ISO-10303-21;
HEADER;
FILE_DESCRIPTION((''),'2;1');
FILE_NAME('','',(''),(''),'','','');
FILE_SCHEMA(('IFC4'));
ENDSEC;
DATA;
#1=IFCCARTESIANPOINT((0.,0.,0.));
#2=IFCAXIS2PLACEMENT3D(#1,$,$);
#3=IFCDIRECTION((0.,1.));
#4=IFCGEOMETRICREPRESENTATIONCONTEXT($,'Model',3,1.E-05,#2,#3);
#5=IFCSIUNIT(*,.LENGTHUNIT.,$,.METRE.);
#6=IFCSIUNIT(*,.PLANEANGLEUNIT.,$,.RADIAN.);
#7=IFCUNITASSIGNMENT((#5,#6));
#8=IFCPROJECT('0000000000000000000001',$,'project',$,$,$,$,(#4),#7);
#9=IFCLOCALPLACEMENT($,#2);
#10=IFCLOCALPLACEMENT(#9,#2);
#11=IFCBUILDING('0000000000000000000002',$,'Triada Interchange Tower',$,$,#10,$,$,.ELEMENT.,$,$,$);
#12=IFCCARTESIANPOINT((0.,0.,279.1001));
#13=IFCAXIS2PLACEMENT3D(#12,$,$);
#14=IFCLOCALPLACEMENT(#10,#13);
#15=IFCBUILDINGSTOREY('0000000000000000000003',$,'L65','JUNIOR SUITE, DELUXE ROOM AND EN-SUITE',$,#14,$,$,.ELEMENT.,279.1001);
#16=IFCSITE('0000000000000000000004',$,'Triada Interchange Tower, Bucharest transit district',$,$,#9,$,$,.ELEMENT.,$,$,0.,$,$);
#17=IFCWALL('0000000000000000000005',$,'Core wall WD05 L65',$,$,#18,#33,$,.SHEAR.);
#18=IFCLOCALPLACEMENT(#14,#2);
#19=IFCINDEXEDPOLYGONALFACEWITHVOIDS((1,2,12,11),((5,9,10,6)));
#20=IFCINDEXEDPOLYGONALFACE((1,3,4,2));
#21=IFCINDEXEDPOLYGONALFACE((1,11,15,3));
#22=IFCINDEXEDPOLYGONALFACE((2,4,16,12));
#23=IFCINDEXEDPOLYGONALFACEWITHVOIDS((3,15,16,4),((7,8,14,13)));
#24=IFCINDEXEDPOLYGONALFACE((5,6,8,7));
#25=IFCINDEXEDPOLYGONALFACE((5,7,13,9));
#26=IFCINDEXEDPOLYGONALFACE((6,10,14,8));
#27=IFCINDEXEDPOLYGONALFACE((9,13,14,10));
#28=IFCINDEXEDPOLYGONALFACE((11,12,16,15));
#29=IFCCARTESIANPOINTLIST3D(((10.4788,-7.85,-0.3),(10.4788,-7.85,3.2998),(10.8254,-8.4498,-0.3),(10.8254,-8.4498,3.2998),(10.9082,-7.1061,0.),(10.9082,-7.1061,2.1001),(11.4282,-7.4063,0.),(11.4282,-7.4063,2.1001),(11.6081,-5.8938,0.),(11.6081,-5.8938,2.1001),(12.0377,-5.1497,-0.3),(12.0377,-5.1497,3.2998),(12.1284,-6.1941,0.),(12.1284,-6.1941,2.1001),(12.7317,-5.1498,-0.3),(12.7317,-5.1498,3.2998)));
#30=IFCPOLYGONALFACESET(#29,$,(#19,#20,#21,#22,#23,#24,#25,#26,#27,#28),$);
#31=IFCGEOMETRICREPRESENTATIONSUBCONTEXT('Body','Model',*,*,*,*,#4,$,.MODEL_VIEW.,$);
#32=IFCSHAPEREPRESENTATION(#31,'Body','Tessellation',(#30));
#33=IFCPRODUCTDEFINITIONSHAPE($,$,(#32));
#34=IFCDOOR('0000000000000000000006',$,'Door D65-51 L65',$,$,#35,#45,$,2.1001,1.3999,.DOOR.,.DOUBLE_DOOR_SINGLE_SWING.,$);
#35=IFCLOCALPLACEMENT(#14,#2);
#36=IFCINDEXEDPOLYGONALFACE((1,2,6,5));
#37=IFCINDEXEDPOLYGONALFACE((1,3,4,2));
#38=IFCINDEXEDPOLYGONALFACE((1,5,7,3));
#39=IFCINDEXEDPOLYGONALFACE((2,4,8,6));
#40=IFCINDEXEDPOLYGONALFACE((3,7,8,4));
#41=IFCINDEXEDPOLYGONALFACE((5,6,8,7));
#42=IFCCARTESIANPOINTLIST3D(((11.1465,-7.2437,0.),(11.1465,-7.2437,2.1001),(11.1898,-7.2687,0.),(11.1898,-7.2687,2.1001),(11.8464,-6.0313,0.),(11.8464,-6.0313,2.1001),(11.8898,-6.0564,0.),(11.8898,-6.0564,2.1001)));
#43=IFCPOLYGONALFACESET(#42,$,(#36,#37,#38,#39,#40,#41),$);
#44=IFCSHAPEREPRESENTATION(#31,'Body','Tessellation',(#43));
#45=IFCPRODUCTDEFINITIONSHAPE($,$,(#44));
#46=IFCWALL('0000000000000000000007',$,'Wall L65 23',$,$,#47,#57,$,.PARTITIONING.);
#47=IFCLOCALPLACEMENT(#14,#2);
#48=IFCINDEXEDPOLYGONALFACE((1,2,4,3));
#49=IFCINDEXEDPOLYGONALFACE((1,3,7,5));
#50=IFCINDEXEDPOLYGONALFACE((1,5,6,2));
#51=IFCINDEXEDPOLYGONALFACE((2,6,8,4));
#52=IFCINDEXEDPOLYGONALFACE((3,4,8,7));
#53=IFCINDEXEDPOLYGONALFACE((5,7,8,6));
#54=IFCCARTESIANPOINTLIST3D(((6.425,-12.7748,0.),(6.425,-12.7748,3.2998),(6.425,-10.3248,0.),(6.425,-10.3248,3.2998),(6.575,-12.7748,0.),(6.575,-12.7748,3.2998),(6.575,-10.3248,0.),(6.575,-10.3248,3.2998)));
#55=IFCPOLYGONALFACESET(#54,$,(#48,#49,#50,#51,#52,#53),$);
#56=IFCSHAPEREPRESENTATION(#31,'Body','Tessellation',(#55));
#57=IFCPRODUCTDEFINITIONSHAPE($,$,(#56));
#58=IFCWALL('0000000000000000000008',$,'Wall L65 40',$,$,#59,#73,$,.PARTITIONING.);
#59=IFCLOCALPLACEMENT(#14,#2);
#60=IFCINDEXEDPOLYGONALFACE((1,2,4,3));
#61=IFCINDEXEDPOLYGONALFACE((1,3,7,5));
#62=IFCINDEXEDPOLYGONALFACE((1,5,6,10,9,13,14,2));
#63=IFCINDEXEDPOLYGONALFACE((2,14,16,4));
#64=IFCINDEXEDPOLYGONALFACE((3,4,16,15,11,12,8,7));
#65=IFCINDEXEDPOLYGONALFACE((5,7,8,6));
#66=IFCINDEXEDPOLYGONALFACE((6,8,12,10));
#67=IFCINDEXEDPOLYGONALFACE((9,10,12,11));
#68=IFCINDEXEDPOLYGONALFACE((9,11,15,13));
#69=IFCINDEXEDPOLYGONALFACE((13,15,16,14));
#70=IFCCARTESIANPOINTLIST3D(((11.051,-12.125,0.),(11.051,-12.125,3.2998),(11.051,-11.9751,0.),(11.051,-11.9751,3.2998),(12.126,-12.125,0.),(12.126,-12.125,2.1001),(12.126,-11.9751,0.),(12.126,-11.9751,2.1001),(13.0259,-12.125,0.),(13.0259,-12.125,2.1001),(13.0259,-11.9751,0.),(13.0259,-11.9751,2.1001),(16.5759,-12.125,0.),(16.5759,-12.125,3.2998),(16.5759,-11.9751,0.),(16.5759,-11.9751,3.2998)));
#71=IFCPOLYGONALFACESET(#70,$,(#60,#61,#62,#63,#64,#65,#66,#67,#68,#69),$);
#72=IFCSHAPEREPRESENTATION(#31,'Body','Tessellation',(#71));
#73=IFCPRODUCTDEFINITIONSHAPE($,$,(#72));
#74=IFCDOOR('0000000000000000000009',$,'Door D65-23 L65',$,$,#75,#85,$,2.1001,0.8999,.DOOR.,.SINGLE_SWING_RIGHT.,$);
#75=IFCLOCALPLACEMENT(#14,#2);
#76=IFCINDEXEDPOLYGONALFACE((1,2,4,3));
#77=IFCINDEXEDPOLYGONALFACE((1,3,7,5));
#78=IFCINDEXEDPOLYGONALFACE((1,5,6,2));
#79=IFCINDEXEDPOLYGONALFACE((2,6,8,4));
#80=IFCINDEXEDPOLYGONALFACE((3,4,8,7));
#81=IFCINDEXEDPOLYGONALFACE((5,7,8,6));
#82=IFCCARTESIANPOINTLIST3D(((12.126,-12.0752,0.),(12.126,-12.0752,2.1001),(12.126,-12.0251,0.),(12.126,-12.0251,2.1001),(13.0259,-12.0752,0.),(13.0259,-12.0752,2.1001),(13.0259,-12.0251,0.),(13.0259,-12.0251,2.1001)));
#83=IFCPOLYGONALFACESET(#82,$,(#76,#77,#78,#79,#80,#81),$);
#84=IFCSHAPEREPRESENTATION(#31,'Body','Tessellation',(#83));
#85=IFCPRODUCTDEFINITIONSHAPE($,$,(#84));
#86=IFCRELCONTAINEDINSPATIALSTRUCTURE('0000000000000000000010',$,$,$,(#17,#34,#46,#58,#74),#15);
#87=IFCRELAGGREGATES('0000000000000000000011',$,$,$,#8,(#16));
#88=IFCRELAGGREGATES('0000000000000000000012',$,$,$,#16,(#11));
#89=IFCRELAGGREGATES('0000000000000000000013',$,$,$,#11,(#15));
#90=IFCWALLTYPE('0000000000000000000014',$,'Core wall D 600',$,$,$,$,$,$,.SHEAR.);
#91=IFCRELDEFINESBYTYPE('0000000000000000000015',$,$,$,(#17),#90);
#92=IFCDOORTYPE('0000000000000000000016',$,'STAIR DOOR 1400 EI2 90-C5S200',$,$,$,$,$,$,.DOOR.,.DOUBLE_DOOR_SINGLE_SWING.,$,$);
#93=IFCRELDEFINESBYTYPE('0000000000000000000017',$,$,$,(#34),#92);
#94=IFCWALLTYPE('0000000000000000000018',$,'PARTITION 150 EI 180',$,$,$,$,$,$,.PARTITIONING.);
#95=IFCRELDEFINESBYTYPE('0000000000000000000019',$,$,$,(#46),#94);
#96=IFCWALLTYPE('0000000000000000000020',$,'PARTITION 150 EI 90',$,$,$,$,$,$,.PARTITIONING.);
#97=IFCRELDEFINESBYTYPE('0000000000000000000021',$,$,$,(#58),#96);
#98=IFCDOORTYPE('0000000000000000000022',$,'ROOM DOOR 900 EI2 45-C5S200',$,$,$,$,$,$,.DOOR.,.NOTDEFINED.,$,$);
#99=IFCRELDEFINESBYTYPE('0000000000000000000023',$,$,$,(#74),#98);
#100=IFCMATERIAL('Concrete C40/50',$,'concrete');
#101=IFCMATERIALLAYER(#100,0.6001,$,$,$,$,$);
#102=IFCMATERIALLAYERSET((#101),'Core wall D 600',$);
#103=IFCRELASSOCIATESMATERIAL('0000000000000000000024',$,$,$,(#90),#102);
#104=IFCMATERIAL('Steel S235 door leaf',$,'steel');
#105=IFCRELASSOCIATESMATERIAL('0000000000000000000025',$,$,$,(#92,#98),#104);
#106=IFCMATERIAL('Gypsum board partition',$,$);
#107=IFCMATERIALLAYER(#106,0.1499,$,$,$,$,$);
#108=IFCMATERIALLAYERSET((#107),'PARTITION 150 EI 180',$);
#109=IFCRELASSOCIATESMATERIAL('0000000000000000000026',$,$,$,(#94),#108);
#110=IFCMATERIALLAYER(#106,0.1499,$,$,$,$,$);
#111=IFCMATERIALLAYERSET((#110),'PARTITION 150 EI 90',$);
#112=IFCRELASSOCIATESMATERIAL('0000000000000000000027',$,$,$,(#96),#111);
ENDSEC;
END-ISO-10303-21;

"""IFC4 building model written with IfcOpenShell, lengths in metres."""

from ifc_helpers import new_model, si_unit, direction, frame, frame_2d, origin, place, context, subcontext, project, spatial, polyline, rectangle, outline, extrude, material, layer, layer_set, type_object, element, fill, save


model = new_model("IFC4")

# Units and contexts
model_context = context("Model", 3, precision=1e-05, world=origin(), true_north=direction((0.0, 1.0)))
body_context = subcontext(model_context, "Body", "Model", "MODEL_VIEW")
ifc_project = project(units=[si_unit("LENGTHUNIT", "METRE"), si_unit("PLANEANGLEUNIT", "RADIAN")], contexts=[model_context])

# Site, building, storey
site_placement = place(None, origin())
site = spatial("IfcSite", under=ifc_project, at=site_placement, Name="Triada Interchange Tower, Bucharest transit district", CompositionType="ELEMENT", RefElevation=0.0)
building_placement = place(site_placement, origin())
building = spatial("IfcBuilding", under=site, at=building_placement, Name="Triada Interchange Tower", CompositionType="ELEMENT")
storey_placement = place(building_placement, frame((0.0, 0.0, 279.1001)))
storey = spatial("IfcBuildingStorey", under=building, at=storey_placement, Name="L65", Description="JUNIOR SUITE, DELUXE ROOM AND EN-SUITE", CompositionType="ELEMENT", Elevation=279.1001)

# Shared definitions
ifc_material_1 = material(Name="Steel S235 door leaf", Category="steel")

# Wall, opening, door
ifc_material_2 = material(Name="Concrete C40/50", Category="concrete")
ifc_layer_1 = layer(ifc_material_2, 0.6001)
ifc_layer_set_1 = layer_set([ifc_layer_1], Name="Core wall D 600")
wall_type_1 = type_object("IfcWallType", Name="Core wall D 600", PredefinedType="SHEAR", material=ifc_layer_set_1)
wall_1_placement = place(storey_placement, frame((10.6521, -8.1499, -0.3), z_axis=(0.0, 0.0, 1.0), x_axis=(0.499975, 0.86604, 0.0)))
wall_1 = element("IfcWall", 1, at=wall_1_placement, inside=storey, type_object=wall_type_1, Name="Core wall WD05 L65", PredefinedType="SHEAR", context=body_context, shape_type="SweptSolid", body=[
    extrude(outline(polyline([(-0.1731, -0.3), (1.7324, -0.3005), (3.6379, -0.301), (3.291, 0.3), (1.7319, 0.3), (0.1731, 0.3), (-0.1731, -0.3)])), origin(), (0.0, 0.0, 1.0), 3.5999),
])
opening_1_placement = place(wall_1_placement, frame((1.032, 0.0, 0.3)))
opening_1 = element("IfcOpeningElement", 2, at=opening_1_placement, cuts=wall_1, PredefinedType="OPENING", context=body_context, shape_type="SweptSolid", body=[
    extrude(rectangle(XDim=1.3999, YDim=2.1001, at=frame_2d((0.7, 1.05))), frame((0.0, 0.3101, 0.0), z_axis=(0.0, -1.0, 0.0), x_axis=(1.0, 0.0, 0.0)), (0.0, 0.0, 1.0), 0.6211),
])
door_type_1 = type_object("IfcDoorType", Name="STAIR DOOR 1400 EI2 90-C5S200", OperationType="DOUBLE_DOOR_SINGLE_SWING", PredefinedType="DOOR", material=ifc_material_1)
door_1_placement = place(opening_1_placement, origin())
door_1 = element("IfcDoor", 3, at=door_1_placement, inside=storey, type_object=door_type_1, Name="Door D65-51 L65", OperationType="DOUBLE_DOOR_SINGLE_SWING", OverallHeight=2.1001, OverallWidth=1.3999, PredefinedType="DOOR", context=body_context, shape_type="SweptSolid", body=[
    extrude(rectangle(XDim=1.3999, YDim=2.1001, at=frame_2d((0.7, 1.05))), frame((0.0, 0.0249, 0.0), z_axis=(0.0, -1.0, 0.0), x_axis=(1.0, 0.0, 0.0)), (0.0, 0.0, 1.0), 0.05),
])
fill(opening_1, door_1)

# Wall
ifc_material_3 = material(Name="Gypsum board partition")
ifc_layer_2 = layer(ifc_material_3, 0.1499)
ifc_layer_set_2 = layer_set([ifc_layer_2], Name="PARTITION 150 EI 180")
wall_type_2 = type_object("IfcWallType", Name="PARTITION 150 EI 180", PredefinedType="PARTITIONING", material=ifc_layer_set_2)
wall_2_placement = place(storey_placement, frame((6.5, -12.7749, 0.0), z_axis=(0.0, 0.0, 1.0), x_axis=(0.0, 1.0, 0.0)))
element("IfcWall", 4, at=wall_2_placement, inside=storey, type_object=wall_type_2, Name="Wall L65 23", PredefinedType="PARTITIONING", context=body_context, shape_type="SweptSolid", body=[
    extrude(rectangle(XDim=2.45, YDim=0.1499, at=frame_2d((1.2251, 0.0))), origin(), (0.0, 0.0, 1.0), 3.2998),
])

# Wall, opening, door
ifc_layer_3 = layer(ifc_material_3, 0.1499)
ifc_layer_set_3 = layer_set([ifc_layer_3], Name="PARTITION 150 EI 90")
wall_type_3 = type_object("IfcWallType", Name="PARTITION 150 EI 90", PredefinedType="PARTITIONING", material=ifc_layer_set_3)
wall_3_placement = place(storey_placement, frame((11.051, -12.05, 0.0), z_axis=(0.0, 0.0, 1.0), x_axis=(1.0, 0.0, 0.0)))
wall_3 = element("IfcWall", 5, at=wall_3_placement, inside=storey, type_object=wall_type_3, Name="Wall L65 40", PredefinedType="PARTITIONING", context=body_context, shape_type="SweptSolid", body=[
    extrude(rectangle(XDim=5.5249, YDim=0.1499, at=frame_2d((2.7625, 0.0))), origin(), (0.0, 0.0, 1.0), 3.2998),
])
opening_2_placement = place(wall_3_placement, frame((1.075, 0.0, 0.0)))
opening_2 = element("IfcOpeningElement", 6, at=opening_2_placement, cuts=wall_3, PredefinedType="OPENING", context=body_context, shape_type="SweptSolid", body=[
    extrude(rectangle(XDim=0.8999, YDim=2.1001, at=frame_2d((0.45, 1.05))), frame((0.0, 0.085, 0.0), z_axis=(0.0, -1.0, 0.0), x_axis=(1.0, 0.0, 0.0)), (0.0, 0.0, 1.0), 0.1699),
])
door_type_2 = type_object("IfcDoorType", Name="ROOM DOOR 900 EI2 45-C5S200", OperationType="NOTDEFINED", PredefinedType="DOOR", material=ifc_material_1)
door_2_placement = place(opening_2_placement, origin())
door_2 = element("IfcDoor", 7, at=door_2_placement, inside=storey, type_object=door_type_2, Name="Door D65-23 L65", OperationType="SINGLE_SWING_RIGHT", OverallHeight=2.1001, OverallWidth=0.8999, PredefinedType="DOOR", context=body_context, shape_type="SweptSolid", body=[
    extrude(rectangle(XDim=0.8999, YDim=2.1001, at=frame_2d((0.45, 1.05))), frame((0.0, 0.0249, 0.0), z_axis=(0.0, -1.0, 0.0), x_axis=(1.0, 0.0, 0.0)), (0.0, 0.0, 1.0), 0.05),
])
fill(opening_2, door_2)

save(model, "model.ifc")
